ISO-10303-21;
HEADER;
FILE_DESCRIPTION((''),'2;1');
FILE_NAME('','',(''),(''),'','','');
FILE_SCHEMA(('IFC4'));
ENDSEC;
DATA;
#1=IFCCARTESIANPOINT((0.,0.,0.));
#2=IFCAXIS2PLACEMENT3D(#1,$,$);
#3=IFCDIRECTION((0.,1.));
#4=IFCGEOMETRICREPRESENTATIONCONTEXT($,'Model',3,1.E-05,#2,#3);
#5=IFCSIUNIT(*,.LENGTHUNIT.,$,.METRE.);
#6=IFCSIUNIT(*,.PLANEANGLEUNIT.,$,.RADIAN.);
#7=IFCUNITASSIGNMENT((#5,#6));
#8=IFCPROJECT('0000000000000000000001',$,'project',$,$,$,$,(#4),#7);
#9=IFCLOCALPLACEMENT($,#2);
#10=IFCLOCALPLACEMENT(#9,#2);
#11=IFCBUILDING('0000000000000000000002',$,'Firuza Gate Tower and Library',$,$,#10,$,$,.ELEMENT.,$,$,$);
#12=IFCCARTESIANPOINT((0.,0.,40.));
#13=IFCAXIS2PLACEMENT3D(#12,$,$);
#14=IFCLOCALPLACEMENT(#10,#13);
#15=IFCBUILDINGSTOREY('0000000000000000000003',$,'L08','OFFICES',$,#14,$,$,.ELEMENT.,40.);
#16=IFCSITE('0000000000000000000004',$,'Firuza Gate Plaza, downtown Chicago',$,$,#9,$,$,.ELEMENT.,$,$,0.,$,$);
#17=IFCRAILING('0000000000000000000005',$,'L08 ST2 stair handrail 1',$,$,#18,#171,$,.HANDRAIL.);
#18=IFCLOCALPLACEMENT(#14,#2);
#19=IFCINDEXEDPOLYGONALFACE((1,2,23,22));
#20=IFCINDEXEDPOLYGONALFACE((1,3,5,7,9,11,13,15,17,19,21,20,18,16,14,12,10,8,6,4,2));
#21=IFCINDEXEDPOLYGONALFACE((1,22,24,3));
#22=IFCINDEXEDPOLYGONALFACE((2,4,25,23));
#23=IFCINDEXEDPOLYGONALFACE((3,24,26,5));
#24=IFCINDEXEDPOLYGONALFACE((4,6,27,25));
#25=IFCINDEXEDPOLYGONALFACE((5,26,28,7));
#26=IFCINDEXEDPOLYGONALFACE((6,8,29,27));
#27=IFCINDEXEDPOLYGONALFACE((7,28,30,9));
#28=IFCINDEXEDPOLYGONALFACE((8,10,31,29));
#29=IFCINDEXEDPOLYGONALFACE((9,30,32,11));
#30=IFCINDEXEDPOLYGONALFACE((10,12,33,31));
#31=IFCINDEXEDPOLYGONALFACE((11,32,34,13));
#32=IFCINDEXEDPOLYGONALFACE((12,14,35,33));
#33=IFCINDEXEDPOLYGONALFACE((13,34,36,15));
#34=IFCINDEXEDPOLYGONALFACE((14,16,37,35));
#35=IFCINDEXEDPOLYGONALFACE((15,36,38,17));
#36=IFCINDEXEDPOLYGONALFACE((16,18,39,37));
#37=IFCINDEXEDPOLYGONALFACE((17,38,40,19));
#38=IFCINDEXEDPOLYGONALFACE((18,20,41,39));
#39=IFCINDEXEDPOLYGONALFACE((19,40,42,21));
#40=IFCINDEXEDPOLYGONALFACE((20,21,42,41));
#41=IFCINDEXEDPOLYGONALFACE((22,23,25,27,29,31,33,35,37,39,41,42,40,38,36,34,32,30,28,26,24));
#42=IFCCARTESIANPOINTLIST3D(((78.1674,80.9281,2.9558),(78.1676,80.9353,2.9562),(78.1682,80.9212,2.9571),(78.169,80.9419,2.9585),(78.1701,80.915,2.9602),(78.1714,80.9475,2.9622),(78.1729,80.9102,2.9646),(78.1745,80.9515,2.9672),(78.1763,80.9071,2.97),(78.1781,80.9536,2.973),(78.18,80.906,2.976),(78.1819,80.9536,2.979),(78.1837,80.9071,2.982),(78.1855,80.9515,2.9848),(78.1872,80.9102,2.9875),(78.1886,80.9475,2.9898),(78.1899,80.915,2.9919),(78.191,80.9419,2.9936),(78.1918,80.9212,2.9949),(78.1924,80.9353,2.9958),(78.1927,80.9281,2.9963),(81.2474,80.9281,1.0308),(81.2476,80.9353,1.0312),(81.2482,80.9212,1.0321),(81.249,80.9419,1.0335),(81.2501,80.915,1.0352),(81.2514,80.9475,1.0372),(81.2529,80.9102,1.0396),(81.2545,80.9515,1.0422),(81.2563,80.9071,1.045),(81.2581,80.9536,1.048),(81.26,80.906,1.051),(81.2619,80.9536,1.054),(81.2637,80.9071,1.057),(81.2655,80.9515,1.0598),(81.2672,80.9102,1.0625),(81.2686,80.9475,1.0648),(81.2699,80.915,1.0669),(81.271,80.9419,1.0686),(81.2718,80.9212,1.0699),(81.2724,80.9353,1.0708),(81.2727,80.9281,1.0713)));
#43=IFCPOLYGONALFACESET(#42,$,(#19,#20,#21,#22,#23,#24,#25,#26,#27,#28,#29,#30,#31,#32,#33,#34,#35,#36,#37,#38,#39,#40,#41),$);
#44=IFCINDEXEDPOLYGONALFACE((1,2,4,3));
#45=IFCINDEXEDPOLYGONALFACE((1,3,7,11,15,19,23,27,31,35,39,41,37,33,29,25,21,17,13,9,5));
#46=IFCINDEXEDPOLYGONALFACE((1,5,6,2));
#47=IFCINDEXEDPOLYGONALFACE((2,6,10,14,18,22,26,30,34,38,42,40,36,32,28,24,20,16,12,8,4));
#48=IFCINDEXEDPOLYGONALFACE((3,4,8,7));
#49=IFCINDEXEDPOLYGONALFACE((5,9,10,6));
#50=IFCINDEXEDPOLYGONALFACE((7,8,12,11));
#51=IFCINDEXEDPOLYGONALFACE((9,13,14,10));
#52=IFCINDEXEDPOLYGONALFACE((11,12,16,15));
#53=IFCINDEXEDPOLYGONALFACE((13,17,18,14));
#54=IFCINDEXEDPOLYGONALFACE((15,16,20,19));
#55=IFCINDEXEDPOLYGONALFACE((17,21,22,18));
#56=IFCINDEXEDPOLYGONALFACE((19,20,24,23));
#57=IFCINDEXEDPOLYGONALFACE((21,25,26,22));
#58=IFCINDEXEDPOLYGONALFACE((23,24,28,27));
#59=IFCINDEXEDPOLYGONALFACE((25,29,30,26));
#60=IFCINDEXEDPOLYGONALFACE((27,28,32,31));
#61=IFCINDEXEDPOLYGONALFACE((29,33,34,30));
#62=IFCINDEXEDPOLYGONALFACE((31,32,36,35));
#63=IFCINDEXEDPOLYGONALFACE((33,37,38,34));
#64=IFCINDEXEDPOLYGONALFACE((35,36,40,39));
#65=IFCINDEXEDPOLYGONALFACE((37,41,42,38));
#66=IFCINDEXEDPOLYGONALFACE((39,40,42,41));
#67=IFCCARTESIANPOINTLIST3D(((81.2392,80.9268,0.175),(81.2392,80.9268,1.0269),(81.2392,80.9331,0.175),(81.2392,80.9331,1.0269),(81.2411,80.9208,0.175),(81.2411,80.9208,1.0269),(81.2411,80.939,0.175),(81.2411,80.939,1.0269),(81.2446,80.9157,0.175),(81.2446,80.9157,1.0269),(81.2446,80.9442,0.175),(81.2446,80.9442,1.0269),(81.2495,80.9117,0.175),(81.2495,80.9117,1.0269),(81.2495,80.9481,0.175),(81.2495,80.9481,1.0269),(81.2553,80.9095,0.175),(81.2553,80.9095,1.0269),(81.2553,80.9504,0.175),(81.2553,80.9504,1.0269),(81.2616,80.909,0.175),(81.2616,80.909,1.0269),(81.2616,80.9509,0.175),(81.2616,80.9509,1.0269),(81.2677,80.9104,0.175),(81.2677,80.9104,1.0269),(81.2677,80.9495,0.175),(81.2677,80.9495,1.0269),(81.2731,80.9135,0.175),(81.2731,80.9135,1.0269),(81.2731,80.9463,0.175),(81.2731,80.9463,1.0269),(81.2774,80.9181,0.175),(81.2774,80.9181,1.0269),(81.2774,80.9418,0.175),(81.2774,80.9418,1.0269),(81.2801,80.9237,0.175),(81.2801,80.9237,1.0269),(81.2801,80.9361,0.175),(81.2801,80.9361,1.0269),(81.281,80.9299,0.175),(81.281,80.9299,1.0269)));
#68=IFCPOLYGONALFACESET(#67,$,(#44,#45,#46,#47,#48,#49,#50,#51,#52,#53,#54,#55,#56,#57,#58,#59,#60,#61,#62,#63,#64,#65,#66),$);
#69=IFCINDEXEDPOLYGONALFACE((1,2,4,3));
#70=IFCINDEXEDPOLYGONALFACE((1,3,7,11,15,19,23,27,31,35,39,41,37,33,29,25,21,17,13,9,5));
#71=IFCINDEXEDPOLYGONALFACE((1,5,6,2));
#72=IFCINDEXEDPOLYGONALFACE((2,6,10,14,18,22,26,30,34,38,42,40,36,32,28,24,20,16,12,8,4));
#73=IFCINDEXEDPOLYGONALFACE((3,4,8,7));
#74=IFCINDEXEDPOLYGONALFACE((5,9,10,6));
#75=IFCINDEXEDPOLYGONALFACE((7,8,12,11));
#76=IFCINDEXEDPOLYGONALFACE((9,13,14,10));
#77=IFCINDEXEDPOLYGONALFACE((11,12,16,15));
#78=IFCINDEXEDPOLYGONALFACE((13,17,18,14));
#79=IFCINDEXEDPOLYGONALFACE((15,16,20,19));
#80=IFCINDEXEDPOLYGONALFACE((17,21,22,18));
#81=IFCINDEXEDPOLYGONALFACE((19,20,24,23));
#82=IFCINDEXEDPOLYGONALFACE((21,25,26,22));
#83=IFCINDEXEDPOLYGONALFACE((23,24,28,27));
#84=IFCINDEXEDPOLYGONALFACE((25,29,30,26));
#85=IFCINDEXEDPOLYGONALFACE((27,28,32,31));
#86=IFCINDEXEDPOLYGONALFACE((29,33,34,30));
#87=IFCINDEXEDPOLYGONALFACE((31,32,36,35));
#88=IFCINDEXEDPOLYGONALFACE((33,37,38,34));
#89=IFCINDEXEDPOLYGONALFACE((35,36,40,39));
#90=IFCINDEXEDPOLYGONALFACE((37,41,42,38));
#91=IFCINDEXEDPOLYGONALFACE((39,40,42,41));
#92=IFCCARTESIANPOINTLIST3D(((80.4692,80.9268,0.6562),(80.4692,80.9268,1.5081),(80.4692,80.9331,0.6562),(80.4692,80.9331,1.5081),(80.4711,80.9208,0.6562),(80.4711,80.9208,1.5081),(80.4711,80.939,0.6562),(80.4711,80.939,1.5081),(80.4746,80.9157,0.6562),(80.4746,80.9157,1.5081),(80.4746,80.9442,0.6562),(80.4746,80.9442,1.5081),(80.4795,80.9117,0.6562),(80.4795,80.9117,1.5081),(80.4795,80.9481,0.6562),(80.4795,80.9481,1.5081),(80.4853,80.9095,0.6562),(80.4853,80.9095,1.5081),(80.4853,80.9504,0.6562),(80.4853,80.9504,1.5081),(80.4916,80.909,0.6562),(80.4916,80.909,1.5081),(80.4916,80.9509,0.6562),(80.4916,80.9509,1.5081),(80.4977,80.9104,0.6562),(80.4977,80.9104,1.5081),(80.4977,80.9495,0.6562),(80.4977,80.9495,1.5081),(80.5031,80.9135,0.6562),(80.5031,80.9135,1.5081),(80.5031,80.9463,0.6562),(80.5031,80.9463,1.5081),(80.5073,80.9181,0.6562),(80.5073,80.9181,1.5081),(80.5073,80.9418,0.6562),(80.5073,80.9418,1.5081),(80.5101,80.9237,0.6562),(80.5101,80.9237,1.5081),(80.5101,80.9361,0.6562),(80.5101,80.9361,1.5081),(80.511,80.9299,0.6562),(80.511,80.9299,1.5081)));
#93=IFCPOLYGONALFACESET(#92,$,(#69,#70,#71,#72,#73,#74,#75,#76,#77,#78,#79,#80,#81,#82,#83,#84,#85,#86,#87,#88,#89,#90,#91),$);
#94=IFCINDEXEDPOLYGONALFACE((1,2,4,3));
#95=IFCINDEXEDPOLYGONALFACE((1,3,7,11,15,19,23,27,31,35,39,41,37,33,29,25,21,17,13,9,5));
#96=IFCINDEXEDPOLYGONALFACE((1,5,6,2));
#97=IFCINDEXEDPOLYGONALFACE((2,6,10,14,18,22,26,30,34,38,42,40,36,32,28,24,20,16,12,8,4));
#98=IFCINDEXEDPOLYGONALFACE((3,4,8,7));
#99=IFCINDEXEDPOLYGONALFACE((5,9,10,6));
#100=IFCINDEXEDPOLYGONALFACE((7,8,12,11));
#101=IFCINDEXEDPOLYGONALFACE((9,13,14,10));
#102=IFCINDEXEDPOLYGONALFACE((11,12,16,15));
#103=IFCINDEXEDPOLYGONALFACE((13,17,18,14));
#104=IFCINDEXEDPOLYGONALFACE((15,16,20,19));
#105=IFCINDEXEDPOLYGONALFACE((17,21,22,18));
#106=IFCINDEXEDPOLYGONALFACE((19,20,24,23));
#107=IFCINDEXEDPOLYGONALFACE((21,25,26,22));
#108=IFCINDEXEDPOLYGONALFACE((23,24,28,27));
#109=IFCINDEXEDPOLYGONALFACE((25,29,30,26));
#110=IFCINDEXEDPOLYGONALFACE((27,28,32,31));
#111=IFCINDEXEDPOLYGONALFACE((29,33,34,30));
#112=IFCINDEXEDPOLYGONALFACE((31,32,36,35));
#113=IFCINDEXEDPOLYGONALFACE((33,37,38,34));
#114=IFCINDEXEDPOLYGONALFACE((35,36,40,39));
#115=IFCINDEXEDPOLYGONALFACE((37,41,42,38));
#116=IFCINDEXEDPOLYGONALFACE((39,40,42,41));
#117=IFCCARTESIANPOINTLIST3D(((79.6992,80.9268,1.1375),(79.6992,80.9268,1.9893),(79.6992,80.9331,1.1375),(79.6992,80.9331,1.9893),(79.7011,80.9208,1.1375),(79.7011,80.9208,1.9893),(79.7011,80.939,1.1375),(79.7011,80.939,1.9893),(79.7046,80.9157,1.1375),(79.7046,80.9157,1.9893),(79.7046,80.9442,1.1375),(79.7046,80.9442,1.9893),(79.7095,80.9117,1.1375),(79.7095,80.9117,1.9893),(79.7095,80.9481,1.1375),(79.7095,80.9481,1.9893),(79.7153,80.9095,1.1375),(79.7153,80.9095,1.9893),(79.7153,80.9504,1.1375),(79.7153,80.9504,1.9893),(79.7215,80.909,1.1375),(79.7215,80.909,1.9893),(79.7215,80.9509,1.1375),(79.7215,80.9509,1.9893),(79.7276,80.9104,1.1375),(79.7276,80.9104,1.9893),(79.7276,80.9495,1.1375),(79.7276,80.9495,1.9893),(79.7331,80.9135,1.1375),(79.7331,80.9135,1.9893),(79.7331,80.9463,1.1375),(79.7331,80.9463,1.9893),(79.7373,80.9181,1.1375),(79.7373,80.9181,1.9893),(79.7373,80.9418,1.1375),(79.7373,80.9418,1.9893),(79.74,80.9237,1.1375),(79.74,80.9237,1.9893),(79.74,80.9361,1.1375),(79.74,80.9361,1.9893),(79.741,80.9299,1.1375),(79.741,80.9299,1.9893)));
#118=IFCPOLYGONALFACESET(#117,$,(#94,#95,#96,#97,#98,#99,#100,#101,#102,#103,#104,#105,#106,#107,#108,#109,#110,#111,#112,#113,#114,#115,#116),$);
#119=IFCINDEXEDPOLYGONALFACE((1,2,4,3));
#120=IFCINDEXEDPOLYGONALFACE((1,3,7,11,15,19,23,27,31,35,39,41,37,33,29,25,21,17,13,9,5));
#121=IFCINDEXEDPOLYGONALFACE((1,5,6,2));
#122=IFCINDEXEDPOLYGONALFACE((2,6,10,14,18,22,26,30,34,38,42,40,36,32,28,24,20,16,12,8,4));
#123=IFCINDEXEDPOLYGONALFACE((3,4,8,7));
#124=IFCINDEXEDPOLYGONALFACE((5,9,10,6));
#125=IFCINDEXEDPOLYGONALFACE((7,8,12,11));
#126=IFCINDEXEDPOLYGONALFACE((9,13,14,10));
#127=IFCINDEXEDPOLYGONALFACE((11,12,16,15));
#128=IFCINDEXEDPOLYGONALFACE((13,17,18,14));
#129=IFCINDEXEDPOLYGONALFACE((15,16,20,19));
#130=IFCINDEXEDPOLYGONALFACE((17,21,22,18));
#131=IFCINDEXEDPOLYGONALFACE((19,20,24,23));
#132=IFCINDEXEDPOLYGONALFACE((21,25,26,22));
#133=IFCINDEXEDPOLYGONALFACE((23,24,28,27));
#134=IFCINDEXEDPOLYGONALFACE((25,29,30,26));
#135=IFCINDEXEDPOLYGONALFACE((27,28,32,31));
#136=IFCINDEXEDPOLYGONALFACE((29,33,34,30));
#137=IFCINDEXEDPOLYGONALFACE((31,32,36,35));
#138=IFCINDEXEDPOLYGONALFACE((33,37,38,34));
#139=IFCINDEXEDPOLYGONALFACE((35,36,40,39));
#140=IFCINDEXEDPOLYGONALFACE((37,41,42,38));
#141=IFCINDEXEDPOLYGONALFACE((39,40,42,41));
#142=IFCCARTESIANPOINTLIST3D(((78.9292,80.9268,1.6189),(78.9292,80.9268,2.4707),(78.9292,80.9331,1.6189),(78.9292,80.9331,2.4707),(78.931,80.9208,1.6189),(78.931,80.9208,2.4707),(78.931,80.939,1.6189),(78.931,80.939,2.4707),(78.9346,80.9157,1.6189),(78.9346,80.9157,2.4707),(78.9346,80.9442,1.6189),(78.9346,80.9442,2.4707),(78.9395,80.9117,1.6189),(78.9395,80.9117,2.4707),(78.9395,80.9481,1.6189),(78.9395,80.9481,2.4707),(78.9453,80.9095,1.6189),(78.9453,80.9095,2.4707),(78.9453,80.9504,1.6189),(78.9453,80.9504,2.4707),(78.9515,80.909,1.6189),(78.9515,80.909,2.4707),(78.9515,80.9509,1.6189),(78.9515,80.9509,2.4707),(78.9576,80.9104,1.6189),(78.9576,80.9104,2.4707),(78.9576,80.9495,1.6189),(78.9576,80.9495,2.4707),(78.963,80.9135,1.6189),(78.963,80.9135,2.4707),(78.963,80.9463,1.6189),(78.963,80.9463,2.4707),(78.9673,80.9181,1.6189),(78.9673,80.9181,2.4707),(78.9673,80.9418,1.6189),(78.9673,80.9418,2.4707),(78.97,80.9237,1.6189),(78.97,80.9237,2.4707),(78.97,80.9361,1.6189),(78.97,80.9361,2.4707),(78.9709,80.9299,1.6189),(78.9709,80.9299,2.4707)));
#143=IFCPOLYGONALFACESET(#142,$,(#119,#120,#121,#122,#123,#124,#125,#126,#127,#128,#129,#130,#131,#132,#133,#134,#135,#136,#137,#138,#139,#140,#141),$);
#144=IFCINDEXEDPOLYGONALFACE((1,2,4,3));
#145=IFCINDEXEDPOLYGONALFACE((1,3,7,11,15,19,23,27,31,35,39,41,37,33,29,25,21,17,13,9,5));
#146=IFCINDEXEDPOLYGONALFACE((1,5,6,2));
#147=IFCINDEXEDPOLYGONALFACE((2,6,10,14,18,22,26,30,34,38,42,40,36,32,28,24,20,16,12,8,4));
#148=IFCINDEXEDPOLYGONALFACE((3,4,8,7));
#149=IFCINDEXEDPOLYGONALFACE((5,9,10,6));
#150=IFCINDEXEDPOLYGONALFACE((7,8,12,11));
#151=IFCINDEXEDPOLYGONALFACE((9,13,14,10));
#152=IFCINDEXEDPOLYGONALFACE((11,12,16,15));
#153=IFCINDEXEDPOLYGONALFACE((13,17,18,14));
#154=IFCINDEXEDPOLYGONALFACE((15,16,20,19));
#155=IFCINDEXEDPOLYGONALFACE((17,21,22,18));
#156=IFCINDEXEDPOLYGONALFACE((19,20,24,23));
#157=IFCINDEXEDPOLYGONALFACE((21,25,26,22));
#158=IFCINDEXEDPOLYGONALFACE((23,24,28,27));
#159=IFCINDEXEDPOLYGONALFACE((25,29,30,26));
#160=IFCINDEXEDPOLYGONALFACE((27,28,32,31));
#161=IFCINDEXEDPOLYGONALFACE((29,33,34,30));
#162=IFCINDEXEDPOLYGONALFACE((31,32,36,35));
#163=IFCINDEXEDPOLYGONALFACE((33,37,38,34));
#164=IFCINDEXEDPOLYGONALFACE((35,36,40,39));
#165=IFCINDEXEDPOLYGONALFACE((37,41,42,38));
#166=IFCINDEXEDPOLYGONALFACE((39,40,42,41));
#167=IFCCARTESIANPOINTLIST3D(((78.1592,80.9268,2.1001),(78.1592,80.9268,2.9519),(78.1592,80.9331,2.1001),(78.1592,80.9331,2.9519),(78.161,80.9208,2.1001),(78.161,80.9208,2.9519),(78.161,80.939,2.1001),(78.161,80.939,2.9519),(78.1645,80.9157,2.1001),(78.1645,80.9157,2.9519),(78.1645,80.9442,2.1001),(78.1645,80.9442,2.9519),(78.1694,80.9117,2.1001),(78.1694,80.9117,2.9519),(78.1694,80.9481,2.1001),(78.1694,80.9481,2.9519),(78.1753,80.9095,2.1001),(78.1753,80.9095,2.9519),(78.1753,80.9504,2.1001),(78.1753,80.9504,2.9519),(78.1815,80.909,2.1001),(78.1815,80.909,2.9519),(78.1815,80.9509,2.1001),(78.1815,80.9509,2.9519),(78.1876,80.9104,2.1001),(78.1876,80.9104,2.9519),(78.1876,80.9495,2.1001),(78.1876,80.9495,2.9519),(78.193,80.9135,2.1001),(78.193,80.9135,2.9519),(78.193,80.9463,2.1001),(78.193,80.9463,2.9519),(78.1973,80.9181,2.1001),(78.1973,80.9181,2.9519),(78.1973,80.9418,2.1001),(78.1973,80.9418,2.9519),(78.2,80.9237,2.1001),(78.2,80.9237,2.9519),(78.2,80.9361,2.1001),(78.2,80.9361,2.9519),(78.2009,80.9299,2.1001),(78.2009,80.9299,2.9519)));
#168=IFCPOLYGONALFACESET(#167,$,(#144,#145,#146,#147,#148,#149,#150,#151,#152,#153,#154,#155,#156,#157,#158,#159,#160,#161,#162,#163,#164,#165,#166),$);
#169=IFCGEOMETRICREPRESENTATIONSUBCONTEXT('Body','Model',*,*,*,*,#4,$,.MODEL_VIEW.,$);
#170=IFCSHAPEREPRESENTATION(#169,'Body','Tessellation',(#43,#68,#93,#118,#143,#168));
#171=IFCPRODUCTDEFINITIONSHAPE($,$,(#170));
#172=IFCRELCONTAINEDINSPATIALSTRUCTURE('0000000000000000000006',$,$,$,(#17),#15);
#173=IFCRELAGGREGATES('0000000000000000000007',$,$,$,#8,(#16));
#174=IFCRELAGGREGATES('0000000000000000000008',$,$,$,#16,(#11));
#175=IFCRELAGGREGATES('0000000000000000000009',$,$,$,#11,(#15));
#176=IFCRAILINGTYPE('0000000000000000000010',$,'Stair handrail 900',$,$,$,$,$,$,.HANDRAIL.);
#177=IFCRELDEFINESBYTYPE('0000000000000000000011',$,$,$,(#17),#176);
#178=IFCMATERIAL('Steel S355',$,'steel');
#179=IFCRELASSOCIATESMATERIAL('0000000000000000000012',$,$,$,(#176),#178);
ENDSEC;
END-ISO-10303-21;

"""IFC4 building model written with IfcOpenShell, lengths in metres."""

from ifc_helpers import new_model, si_unit, direction, frame, origin, origin_2d, place, context, subcontext, project, spatial, circle, extrude, material, type_object, element, save


model = new_model("IFC4")

# Units and contexts
model_context = context("Model", 3, precision=1e-05, world=origin(), true_north=direction((0.0, 1.0)))
body_context = subcontext(model_context, "Body", "Model", "MODEL_VIEW")
ifc_project = project(units=[si_unit("LENGTHUNIT", "METRE"), si_unit("PLANEANGLEUNIT", "RADIAN")], contexts=[model_context])

# Site, building, storey
site_placement = place(None, origin())
site = spatial("IfcSite", under=ifc_project, at=site_placement, Name="Firuza Gate Plaza, downtown Chicago", CompositionType="ELEMENT", RefElevation=0.0)
building_placement = place(site_placement, origin())
building = spatial("IfcBuilding", under=site, at=building_placement, Name="Firuza Gate Tower and Library", CompositionType="ELEMENT")
storey_placement = place(building_placement, frame((0.0, 0.0, 40.0)))
storey = spatial("IfcBuildingStorey", under=building, at=storey_placement, Name="L08", Description="OFFICES", CompositionType="ELEMENT", Elevation=40.0)

# Railing
ifc_material_1 = material(Name="Steel S355", Category="steel")
railing_type_1 = type_object("IfcRailingType", Name="Stair handrail 900", PredefinedType="HANDRAIL", material=ifc_material_1)
railing_1_placement = place(storey_placement, frame((81.26, 80.9299, 0.175)))
element("IfcRailing", 1, at=railing_1_placement, inside=storey, type_object=railing_type_1, Name="L08 ST2 stair handrail 1", PredefinedType="HANDRAIL", context=body_context, shape_type="SweptSolid", body=[
    extrude(circle(Radius=0.0239, at=origin_2d()), frame((0.0, 0.0, 0.876), z_axis=(-0.847998, 0.0, 0.529999), x_axis=(0.0, -1.0, 0.0)), (0.0, 0.0, 1.0), 3.6321),
    extrude(circle(Radius=0.021, at=origin_2d()), origin(), (0.0, 0.0, 1.0), 0.8518),
    extrude(circle(Radius=0.021, at=origin_2d()), frame((-0.77, 0.0, 0.4812)), (0.0, 0.0, 1.0), 0.8518),
    extrude(circle(Radius=0.021, at=origin_2d()), frame((-1.54, 0.0, 0.9624)), (0.0, 0.0, 1.0), 0.8518),
    extrude(circle(Radius=0.021, at=origin_2d()), frame((-2.3101, 0.0, 1.4438)), (0.0, 0.0, 1.0), 0.8518),
    extrude(circle(Radius=0.021, at=origin_2d()), frame((-3.0801, 0.0, 1.925)), (0.0, 0.0, 1.0), 0.8518),
])

save(model, "model.ifc")
